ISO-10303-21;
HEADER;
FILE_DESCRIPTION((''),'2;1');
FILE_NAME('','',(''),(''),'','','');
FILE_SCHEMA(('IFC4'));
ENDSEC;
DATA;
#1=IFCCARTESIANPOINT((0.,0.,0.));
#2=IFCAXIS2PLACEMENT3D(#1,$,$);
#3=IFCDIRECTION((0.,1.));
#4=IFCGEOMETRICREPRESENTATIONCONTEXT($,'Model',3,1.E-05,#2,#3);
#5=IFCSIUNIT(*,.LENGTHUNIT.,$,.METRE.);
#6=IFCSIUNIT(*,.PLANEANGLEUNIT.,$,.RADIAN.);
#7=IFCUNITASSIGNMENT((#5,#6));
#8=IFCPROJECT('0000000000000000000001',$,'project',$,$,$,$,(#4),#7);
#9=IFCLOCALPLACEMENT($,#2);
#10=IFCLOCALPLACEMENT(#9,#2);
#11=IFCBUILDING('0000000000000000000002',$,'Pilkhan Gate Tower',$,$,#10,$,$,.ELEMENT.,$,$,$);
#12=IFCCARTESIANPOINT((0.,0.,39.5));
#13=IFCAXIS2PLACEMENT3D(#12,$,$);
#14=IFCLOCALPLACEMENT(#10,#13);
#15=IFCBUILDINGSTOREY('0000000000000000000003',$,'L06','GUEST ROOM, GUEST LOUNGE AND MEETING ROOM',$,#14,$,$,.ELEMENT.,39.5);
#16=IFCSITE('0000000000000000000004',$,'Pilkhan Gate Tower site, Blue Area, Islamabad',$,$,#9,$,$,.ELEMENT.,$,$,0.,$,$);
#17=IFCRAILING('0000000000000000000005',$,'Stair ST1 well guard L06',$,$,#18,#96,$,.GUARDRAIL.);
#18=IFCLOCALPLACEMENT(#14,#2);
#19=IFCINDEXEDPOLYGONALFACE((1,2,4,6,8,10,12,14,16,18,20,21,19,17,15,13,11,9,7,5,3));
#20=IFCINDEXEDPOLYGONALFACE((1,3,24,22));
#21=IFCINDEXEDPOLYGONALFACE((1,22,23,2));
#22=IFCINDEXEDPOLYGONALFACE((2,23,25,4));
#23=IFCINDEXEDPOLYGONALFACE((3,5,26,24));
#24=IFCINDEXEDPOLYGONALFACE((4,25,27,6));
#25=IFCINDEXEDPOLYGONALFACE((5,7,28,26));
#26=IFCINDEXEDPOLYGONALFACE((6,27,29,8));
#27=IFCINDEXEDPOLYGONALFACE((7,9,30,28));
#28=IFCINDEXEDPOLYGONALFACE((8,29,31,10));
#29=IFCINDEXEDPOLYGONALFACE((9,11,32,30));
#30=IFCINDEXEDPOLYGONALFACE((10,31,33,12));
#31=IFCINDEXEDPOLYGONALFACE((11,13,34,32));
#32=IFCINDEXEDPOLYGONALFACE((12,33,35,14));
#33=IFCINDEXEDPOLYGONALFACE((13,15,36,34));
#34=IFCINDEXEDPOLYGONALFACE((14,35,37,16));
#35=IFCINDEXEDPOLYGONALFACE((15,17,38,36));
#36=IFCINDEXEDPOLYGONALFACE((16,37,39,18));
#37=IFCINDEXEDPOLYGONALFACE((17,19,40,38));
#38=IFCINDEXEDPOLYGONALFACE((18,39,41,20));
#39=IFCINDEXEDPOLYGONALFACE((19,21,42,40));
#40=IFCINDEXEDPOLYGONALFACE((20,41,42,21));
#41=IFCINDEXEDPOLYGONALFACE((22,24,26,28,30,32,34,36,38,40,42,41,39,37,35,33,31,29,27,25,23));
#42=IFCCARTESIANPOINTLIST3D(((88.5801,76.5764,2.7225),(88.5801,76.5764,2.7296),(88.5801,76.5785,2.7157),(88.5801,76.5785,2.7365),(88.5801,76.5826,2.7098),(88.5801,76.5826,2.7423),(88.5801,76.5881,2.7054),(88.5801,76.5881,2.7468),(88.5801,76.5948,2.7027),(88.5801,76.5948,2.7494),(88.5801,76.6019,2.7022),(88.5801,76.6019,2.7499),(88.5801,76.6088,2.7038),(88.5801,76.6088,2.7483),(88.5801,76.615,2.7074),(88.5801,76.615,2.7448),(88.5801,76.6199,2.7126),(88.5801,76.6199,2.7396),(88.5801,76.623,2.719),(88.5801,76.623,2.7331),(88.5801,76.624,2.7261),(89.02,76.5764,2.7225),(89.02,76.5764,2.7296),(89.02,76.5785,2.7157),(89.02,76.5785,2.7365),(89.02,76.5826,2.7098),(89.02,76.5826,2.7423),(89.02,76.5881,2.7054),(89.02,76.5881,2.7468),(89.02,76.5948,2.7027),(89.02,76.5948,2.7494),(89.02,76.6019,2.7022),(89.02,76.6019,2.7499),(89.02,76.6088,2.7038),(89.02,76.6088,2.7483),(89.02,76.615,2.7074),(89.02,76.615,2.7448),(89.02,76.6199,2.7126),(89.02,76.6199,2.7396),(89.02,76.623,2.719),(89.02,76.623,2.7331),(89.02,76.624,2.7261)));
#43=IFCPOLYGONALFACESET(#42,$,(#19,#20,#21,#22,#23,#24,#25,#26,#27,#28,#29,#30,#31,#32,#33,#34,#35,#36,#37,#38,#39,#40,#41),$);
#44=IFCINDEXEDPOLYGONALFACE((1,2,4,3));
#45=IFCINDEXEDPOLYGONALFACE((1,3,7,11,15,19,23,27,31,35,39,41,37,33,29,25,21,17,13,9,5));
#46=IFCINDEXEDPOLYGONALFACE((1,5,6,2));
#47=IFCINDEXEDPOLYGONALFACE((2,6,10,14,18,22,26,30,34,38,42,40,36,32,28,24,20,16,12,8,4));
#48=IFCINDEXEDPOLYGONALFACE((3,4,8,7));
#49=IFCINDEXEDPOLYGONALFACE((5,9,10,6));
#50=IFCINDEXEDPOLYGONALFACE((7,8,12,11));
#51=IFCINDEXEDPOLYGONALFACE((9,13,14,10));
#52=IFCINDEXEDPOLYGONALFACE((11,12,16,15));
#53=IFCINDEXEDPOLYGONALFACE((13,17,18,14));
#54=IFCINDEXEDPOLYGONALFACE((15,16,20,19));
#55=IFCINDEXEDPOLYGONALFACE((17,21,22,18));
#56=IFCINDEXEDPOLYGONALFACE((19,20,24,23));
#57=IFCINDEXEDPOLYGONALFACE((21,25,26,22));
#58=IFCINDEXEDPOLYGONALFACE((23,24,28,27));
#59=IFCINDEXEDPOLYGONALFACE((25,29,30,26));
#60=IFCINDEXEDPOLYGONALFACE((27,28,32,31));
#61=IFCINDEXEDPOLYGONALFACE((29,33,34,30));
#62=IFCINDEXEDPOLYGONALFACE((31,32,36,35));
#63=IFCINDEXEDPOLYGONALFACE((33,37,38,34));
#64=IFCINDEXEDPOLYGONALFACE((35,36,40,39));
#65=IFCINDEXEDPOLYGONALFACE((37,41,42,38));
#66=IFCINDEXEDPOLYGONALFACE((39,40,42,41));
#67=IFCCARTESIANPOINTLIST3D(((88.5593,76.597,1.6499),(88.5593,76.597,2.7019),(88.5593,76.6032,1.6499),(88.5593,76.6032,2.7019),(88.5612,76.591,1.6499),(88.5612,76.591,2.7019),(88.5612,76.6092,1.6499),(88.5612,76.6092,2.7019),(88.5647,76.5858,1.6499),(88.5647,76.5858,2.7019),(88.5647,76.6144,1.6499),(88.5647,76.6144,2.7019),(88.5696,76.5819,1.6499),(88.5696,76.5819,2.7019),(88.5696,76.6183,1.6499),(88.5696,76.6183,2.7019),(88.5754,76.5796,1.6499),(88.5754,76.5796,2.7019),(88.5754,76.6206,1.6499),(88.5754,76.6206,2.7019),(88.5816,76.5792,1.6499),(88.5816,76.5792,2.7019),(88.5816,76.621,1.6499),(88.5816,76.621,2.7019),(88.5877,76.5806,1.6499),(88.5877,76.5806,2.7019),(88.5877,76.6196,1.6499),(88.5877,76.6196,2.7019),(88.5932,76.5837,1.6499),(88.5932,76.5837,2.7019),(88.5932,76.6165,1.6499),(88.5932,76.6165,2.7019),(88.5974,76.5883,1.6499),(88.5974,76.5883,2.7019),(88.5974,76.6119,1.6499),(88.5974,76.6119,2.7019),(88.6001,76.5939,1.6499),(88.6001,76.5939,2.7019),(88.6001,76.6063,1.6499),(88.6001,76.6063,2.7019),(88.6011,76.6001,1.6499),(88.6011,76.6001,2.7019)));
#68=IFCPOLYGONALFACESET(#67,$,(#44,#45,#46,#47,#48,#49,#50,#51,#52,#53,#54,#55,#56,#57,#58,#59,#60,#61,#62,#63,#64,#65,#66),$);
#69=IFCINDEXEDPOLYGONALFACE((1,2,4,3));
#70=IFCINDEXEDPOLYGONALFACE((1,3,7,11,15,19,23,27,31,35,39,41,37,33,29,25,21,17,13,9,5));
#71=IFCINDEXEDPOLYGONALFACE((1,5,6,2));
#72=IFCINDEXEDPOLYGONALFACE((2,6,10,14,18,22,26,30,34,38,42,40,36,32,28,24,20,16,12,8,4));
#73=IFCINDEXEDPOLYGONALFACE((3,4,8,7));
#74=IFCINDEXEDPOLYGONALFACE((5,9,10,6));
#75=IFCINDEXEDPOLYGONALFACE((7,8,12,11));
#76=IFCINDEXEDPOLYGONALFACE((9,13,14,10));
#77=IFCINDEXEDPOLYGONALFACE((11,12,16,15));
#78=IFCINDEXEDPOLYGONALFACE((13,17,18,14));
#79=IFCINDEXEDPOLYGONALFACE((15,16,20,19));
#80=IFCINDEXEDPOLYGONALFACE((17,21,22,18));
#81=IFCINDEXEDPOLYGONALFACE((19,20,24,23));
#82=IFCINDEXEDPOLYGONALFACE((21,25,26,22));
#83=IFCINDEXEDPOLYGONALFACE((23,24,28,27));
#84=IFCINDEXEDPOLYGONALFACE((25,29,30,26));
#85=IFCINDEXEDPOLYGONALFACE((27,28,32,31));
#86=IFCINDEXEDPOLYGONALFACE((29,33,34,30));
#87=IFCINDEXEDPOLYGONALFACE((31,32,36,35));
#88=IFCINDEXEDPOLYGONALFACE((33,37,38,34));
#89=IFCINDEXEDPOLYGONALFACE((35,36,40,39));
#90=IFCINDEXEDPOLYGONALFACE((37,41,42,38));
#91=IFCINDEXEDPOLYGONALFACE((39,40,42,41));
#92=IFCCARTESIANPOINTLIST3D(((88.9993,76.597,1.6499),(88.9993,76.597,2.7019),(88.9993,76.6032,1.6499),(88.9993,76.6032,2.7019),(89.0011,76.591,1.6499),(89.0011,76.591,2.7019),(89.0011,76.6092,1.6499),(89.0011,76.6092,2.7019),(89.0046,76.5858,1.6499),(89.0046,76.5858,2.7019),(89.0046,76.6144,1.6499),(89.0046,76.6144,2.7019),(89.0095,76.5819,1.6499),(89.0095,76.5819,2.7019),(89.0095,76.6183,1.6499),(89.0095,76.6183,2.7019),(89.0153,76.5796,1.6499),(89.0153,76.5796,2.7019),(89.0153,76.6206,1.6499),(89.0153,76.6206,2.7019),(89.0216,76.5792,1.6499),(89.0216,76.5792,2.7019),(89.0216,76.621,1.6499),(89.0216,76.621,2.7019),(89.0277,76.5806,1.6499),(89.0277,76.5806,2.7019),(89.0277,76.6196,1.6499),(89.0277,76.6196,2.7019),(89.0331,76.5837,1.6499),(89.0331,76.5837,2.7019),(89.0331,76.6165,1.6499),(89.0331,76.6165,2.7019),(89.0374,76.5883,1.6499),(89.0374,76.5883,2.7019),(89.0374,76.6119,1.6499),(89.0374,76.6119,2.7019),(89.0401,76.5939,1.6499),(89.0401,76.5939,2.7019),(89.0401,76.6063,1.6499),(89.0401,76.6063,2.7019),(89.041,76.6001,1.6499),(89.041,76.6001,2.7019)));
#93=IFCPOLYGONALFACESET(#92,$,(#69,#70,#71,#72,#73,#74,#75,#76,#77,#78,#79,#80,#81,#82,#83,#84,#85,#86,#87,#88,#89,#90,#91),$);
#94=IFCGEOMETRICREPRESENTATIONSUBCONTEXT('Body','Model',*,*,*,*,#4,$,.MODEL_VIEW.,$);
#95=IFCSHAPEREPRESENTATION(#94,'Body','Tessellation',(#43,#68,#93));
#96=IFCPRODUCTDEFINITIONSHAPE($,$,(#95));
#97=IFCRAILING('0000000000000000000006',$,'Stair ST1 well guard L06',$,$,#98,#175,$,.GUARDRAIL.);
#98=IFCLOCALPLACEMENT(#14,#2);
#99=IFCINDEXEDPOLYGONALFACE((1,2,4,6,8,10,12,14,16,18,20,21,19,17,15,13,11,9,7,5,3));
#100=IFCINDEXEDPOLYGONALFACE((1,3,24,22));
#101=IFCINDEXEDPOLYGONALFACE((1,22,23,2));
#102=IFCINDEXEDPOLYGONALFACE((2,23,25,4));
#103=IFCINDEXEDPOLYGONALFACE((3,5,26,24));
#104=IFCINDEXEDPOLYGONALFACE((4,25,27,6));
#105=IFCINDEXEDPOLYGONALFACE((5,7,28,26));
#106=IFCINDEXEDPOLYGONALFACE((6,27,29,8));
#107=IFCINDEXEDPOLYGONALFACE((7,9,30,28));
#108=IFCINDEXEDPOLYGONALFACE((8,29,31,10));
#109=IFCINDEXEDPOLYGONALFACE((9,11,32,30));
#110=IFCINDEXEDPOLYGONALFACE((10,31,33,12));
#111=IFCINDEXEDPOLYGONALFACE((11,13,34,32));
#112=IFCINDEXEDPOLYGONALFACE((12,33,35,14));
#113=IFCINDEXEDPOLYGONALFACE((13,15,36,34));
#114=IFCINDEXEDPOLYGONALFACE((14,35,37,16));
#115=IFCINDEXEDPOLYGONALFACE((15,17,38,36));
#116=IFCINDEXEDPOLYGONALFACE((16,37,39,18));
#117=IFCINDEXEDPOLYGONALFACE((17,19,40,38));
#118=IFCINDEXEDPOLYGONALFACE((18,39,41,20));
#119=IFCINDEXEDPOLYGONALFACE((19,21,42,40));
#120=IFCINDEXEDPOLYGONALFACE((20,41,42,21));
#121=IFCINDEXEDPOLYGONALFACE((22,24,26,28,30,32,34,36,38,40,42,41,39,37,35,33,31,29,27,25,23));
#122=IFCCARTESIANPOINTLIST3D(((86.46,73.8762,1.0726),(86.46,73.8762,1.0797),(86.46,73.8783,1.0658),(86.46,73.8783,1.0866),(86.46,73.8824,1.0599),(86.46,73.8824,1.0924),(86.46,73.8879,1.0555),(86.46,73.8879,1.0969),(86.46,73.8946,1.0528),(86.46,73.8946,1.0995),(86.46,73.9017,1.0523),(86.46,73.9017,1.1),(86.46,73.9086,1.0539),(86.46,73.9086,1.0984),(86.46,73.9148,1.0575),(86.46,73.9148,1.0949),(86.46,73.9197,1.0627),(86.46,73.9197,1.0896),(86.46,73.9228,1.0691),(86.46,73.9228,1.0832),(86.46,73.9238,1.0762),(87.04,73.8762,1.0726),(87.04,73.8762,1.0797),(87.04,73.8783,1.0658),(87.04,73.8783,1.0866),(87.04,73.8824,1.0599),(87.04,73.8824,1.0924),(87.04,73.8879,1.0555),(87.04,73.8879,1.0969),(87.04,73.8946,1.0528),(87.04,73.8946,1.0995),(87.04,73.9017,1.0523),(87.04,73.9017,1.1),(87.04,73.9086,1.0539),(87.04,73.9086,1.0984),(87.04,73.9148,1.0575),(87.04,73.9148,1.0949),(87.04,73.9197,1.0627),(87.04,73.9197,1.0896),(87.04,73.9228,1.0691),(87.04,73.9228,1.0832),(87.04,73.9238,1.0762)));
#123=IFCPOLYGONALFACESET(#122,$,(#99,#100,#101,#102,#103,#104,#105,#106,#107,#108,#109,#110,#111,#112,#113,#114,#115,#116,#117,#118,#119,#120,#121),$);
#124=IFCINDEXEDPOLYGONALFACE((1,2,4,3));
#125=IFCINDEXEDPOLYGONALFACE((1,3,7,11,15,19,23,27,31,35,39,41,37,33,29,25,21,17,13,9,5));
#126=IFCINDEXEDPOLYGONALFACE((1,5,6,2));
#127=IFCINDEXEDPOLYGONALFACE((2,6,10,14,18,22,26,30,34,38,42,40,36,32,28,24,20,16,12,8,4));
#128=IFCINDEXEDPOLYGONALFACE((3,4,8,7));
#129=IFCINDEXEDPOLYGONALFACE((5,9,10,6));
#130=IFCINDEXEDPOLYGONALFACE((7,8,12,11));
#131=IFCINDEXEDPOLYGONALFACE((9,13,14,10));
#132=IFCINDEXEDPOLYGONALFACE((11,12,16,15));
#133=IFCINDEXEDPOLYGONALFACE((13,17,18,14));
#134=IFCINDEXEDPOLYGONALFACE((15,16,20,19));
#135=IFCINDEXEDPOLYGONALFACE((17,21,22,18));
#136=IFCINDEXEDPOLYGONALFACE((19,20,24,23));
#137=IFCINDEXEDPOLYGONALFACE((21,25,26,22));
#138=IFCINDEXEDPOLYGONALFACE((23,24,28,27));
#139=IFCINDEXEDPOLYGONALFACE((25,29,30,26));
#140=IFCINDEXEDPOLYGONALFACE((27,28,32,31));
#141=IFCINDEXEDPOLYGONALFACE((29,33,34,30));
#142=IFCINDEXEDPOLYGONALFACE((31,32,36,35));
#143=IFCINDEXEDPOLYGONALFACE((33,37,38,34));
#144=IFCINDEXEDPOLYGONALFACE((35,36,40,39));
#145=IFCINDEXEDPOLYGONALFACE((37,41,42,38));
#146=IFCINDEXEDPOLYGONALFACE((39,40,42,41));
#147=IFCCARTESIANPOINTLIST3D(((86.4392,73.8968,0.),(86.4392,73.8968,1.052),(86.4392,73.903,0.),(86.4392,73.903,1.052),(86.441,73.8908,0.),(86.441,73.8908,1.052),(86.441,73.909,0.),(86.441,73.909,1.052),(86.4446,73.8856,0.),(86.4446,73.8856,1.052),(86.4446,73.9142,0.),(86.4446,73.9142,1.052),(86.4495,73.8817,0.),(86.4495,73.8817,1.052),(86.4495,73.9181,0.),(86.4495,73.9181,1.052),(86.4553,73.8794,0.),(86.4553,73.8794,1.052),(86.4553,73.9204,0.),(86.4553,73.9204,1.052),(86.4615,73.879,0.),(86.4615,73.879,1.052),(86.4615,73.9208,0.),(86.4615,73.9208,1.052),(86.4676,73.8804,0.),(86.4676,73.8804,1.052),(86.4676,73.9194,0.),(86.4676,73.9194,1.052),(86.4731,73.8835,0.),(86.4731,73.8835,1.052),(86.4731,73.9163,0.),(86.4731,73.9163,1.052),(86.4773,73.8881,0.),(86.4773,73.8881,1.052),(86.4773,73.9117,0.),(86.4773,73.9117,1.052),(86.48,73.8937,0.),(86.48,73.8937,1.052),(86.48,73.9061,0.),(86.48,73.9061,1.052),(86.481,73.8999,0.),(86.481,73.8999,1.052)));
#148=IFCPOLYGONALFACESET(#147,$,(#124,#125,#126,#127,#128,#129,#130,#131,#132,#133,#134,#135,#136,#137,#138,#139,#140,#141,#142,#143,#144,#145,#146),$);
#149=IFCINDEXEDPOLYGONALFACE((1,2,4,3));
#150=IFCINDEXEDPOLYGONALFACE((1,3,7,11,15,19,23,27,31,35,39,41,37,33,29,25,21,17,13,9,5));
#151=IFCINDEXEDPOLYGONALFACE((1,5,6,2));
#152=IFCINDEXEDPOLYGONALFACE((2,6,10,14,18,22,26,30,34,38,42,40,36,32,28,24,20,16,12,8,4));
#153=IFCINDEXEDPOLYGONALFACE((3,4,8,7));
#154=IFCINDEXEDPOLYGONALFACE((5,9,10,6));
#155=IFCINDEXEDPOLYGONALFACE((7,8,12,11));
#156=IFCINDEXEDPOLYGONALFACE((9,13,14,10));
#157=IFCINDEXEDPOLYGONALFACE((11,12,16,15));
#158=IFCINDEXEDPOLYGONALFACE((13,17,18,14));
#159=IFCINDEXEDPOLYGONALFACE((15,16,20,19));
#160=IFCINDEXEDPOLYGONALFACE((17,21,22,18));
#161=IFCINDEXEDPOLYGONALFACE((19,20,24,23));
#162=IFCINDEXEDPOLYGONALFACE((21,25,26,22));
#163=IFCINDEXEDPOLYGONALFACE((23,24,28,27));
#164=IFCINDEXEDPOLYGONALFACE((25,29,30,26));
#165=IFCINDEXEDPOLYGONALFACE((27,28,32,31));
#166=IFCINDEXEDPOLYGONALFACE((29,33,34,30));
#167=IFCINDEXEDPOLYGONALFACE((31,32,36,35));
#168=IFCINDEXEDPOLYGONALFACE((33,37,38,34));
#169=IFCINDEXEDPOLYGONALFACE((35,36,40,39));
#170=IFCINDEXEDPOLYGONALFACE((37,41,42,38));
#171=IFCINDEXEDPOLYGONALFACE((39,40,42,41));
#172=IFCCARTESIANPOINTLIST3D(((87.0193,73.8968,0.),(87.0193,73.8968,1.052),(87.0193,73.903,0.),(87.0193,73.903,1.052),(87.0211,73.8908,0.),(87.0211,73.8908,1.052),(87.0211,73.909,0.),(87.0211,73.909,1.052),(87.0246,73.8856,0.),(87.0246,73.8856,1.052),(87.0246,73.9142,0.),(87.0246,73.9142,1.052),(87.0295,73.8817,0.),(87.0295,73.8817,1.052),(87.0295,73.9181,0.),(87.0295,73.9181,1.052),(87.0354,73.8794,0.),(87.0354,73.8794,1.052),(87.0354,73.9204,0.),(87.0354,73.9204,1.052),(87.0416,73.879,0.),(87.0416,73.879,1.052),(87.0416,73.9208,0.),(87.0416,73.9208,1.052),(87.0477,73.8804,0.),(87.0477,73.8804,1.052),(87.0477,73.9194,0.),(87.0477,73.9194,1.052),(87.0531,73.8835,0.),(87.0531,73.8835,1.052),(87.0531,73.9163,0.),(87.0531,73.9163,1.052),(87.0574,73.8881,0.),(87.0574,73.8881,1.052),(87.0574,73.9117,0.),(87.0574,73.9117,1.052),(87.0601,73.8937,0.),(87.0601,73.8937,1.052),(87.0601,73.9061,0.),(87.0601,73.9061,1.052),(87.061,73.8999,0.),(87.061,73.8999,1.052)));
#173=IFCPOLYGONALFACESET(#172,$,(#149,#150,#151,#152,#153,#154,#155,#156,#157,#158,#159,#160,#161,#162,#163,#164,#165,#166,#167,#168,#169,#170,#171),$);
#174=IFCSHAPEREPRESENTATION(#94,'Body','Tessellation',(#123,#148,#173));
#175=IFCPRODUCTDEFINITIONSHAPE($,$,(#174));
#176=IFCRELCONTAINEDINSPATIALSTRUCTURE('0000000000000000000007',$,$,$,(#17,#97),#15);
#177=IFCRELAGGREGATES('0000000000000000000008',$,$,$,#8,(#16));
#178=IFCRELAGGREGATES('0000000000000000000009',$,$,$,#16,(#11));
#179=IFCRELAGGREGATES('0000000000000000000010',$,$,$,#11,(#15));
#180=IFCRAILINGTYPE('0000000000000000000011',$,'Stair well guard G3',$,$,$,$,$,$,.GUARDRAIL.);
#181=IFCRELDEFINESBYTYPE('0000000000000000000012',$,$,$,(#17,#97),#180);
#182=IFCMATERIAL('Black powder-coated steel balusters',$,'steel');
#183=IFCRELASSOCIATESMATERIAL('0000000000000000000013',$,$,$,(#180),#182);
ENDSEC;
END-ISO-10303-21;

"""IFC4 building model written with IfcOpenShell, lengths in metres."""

from ifc_helpers import new_model, si_unit, direction, frame, origin, origin_2d, place, context, subcontext, project, spatial, circle, extrude, material, type_object, element, save


model = new_model("IFC4")

# Units and contexts
model_context = context("Model", 3, precision=1e-05, world=origin(), true_north=direction((0.0, 1.0)))
body_context = subcontext(model_context, "Body", "Model", "MODEL_VIEW")
ifc_project = project(units=[si_unit("LENGTHUNIT", "METRE"), si_unit("PLANEANGLEUNIT", "RADIAN")], contexts=[model_context])

# Site, building, storey
site_placement = place(None, origin())
site = spatial("IfcSite", under=ifc_project, at=site_placement, Name="Pilkhan Gate Tower site, Blue Area, Islamabad", CompositionType="ELEMENT", RefElevation=0.0)
building_placement = place(site_placement, origin())
building = spatial("IfcBuilding", under=site, at=building_placement, Name="Pilkhan Gate Tower", CompositionType="ELEMENT")
storey_placement = place(building_placement, frame((0.0, 0.0, 39.5)))
storey = spatial("IfcBuildingStorey", under=building, at=storey_placement, Name="L06", Description="GUEST ROOM, GUEST LOUNGE AND MEETING ROOM", CompositionType="ELEMENT", Elevation=39.5)

# Railings
ifc_material_1 = material(Name="Black powder-coated steel balusters", Category="steel")
railing_type_1 = type_object("IfcRailingType", Name="Stair well guard G3", PredefinedType="GUARDRAIL", material=ifc_material_1)
railing_1_placement = place(storey_placement, frame((88.5801, 76.6001, 1.6499)))
element("IfcRailing", 1, at=railing_1_placement, inside=storey, type_object=railing_type_1, Name="Stair ST1 well guard L06", PredefinedType="GUARDRAIL", context=body_context, shape_type="SweptSolid", body=[
    extrude(circle(Radius=0.0239, at=origin_2d()), frame((0.0, 0.0, 1.0762), z_axis=(1.0, 0.0, 0.0), x_axis=(0.0, 1.0, 0.0)), (0.0, 0.0, 1.0), 0.4399),
    extrude(circle(Radius=0.021, at=origin_2d()), origin(), (0.0, 0.0, 1.0), 1.052),
    extrude(circle(Radius=0.021, at=origin_2d()), frame((0.4399, 0.0, 0.0)), (0.0, 0.0, 1.0), 1.052),
])
for number, where, name in (
    (2, (86.46, 73.8999, 0.0), "Stair ST1 well guard L06"),
):
    element("IfcRailing", number, at=place(storey_placement, frame(where)), inside=storey, type_object=railing_type_1, Name=name, PredefinedType="GUARDRAIL", context=body_context, shape_type="SweptSolid", body=[
        extrude(circle(Radius=0.0239, at=origin_2d()), frame((0.0, 0.0, 1.0762), z_axis=(1.0, 0.0, 0.0), x_axis=(0.0, 1.0, 0.0)), (0.0, 0.0, 1.0), 0.5801),
        extrude(circle(Radius=0.021, at=origin_2d()), origin(), (0.0, 0.0, 1.0), 1.052),
        extrude(circle(Radius=0.021, at=origin_2d()), frame((0.5801, 0.0, 0.0)), (0.0, 0.0, 1.0), 1.052),
    ])

save(model, "model.ifc")
